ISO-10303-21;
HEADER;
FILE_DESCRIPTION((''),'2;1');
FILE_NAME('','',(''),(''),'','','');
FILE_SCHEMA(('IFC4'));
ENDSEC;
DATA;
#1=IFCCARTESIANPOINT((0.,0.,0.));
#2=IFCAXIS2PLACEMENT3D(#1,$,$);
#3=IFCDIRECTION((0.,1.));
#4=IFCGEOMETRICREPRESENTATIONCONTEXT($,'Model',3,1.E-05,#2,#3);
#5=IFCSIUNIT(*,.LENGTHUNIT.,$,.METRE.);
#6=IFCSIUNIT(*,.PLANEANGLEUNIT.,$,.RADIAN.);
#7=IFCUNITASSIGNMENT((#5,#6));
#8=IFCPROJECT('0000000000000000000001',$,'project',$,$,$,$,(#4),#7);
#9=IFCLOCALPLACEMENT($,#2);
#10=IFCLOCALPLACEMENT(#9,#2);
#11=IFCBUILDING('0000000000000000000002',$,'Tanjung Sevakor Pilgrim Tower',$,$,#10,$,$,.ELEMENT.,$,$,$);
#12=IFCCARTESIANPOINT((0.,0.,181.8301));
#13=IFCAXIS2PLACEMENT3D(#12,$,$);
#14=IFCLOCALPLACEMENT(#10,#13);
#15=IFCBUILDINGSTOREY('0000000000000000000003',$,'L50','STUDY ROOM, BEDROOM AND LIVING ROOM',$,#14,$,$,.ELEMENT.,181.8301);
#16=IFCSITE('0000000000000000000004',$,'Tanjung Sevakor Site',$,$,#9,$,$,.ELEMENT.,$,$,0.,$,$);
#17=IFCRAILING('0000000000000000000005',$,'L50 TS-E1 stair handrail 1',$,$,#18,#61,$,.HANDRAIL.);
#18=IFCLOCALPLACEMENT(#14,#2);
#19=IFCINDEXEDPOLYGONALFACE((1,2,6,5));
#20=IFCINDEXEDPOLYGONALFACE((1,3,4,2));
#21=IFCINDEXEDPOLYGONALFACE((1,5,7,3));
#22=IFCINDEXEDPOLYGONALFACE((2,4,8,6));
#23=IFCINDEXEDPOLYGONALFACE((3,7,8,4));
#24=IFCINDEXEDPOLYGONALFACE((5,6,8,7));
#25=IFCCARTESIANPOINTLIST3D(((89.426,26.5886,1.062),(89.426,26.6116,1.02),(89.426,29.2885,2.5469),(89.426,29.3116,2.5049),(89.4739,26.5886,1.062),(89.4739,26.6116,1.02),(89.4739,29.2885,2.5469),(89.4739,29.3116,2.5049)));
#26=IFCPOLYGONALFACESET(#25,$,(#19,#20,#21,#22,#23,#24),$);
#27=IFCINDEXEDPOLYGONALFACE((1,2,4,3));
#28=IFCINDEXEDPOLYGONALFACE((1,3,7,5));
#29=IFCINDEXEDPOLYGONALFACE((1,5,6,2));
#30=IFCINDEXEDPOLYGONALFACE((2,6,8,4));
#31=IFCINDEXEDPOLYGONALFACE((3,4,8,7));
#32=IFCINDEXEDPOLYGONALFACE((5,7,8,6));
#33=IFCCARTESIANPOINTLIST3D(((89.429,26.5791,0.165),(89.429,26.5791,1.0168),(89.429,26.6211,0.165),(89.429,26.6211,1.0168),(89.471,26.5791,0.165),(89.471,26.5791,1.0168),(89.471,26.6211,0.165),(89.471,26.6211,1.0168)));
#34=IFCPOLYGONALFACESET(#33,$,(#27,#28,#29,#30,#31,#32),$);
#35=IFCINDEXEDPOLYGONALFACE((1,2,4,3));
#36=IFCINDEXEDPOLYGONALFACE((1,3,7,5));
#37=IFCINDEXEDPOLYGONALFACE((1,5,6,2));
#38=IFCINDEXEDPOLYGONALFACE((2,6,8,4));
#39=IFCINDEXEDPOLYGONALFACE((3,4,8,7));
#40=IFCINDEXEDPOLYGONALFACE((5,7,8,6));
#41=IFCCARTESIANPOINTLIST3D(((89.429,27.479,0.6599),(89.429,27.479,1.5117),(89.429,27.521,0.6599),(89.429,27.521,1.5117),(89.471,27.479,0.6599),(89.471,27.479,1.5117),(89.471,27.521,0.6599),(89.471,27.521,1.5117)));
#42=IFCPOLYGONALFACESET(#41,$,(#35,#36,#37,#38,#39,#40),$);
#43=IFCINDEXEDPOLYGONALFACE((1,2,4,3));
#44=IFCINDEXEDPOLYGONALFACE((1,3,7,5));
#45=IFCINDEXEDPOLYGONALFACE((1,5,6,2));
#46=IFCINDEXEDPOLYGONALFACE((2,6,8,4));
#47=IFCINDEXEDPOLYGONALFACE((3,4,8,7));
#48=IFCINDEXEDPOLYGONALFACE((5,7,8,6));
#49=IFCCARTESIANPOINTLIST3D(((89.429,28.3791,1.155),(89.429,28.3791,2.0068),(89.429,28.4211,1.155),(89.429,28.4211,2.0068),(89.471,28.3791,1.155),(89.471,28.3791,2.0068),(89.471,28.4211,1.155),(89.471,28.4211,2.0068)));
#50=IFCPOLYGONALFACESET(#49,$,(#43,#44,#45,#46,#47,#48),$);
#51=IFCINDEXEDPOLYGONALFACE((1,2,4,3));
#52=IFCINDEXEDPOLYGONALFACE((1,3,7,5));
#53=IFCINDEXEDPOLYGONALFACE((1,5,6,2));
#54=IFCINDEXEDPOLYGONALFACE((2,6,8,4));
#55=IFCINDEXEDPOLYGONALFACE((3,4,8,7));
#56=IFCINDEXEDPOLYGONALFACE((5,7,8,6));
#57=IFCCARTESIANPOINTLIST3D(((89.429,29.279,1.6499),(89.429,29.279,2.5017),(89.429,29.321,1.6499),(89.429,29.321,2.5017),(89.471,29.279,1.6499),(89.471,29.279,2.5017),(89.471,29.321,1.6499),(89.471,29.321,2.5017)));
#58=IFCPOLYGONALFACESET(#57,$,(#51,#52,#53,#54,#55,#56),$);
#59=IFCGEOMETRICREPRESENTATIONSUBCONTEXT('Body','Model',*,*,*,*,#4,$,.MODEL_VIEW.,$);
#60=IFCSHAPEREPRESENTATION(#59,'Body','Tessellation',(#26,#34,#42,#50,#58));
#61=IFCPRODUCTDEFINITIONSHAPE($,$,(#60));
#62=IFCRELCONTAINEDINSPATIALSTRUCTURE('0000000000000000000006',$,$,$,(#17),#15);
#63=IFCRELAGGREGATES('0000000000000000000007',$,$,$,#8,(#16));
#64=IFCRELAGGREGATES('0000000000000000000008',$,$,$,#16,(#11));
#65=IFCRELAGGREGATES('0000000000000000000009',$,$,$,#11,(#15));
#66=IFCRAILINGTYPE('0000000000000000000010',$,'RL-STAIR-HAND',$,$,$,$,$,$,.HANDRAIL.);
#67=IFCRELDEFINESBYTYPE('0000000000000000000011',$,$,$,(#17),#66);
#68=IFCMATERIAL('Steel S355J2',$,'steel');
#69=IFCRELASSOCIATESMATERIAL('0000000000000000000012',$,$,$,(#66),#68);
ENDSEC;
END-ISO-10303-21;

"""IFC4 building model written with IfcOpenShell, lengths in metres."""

from ifc_helpers import new_model, si_unit, direction, frame, origin, place, context, subcontext, project, spatial, rectangle, extrude, material, type_object, element, save


model = new_model("IFC4")

# Units and contexts
model_context = context("Model", 3, precision=1e-05, world=origin(), true_north=direction((0.0, 1.0)))
body_context = subcontext(model_context, "Body", "Model", "MODEL_VIEW")
ifc_project = project(units=[si_unit("LENGTHUNIT", "METRE"), si_unit("PLANEANGLEUNIT", "RADIAN")], contexts=[model_context])

# Site, building, storey
site_placement = place(None, origin())
site = spatial("IfcSite", under=ifc_project, at=site_placement, Name="Tanjung Sevakor Site", CompositionType="ELEMENT", RefElevation=0.0)
building_placement = place(site_placement, origin())
building = spatial("IfcBuilding", under=site, at=building_placement, Name="Tanjung Sevakor Pilgrim Tower", CompositionType="ELEMENT")
storey_placement = place(building_placement, frame((0.0, 0.0, 181.8301)))
storey = spatial("IfcBuildingStorey", under=building, at=storey_placement, Name="L50", Description="STUDY ROOM, BEDROOM AND LIVING ROOM", CompositionType="ELEMENT", Elevation=181.8301)

# Railing
ifc_material_1 = material(Name="Steel S355J2", Category="steel")
railing_type = type_object("IfcRailingType", Name="RL-STAIR-HAND", PredefinedType="HANDRAIL", material=ifc_material_1)
railing_placement = place(storey_placement, frame((89.45, 26.6001, 0.165)))
element("IfcRailing", 1, at=railing_placement, inside=storey, type_object=railing_type, Name="L50 TS-E1 stair handrail 1", PredefinedType="HANDRAIL", context=body_context, shape_type="SweptSolid", body=[
    extrude(rectangle(XDim=0.0479, YDim=0.0479), frame((0.0, 0.0, 0.876), z_axis=(0.0, 0.876231, 0.481891), x_axis=(-1.0, 0.0, 0.0)), (0.0, 0.0, 1.0), 3.0813),
    extrude(rectangle(XDim=0.042, YDim=0.042), origin(), (0.0, 0.0, 1.0), 0.8518),
    extrude(rectangle(XDim=0.042, YDim=0.042), frame((0.0, 0.8999, 0.4949)), (0.0, 0.0, 1.0), 0.8518),
    extrude(rectangle(XDim=0.042, YDim=0.042), frame((0.0, 1.8, 0.99)), (0.0, 0.0, 1.0), 0.8518),
    extrude(rectangle(XDim=0.042, YDim=0.042), frame((0.0, 2.7, 1.4849)), (0.0, 0.0, 1.0), 0.8518),
])

save(model, "model.ifc")
